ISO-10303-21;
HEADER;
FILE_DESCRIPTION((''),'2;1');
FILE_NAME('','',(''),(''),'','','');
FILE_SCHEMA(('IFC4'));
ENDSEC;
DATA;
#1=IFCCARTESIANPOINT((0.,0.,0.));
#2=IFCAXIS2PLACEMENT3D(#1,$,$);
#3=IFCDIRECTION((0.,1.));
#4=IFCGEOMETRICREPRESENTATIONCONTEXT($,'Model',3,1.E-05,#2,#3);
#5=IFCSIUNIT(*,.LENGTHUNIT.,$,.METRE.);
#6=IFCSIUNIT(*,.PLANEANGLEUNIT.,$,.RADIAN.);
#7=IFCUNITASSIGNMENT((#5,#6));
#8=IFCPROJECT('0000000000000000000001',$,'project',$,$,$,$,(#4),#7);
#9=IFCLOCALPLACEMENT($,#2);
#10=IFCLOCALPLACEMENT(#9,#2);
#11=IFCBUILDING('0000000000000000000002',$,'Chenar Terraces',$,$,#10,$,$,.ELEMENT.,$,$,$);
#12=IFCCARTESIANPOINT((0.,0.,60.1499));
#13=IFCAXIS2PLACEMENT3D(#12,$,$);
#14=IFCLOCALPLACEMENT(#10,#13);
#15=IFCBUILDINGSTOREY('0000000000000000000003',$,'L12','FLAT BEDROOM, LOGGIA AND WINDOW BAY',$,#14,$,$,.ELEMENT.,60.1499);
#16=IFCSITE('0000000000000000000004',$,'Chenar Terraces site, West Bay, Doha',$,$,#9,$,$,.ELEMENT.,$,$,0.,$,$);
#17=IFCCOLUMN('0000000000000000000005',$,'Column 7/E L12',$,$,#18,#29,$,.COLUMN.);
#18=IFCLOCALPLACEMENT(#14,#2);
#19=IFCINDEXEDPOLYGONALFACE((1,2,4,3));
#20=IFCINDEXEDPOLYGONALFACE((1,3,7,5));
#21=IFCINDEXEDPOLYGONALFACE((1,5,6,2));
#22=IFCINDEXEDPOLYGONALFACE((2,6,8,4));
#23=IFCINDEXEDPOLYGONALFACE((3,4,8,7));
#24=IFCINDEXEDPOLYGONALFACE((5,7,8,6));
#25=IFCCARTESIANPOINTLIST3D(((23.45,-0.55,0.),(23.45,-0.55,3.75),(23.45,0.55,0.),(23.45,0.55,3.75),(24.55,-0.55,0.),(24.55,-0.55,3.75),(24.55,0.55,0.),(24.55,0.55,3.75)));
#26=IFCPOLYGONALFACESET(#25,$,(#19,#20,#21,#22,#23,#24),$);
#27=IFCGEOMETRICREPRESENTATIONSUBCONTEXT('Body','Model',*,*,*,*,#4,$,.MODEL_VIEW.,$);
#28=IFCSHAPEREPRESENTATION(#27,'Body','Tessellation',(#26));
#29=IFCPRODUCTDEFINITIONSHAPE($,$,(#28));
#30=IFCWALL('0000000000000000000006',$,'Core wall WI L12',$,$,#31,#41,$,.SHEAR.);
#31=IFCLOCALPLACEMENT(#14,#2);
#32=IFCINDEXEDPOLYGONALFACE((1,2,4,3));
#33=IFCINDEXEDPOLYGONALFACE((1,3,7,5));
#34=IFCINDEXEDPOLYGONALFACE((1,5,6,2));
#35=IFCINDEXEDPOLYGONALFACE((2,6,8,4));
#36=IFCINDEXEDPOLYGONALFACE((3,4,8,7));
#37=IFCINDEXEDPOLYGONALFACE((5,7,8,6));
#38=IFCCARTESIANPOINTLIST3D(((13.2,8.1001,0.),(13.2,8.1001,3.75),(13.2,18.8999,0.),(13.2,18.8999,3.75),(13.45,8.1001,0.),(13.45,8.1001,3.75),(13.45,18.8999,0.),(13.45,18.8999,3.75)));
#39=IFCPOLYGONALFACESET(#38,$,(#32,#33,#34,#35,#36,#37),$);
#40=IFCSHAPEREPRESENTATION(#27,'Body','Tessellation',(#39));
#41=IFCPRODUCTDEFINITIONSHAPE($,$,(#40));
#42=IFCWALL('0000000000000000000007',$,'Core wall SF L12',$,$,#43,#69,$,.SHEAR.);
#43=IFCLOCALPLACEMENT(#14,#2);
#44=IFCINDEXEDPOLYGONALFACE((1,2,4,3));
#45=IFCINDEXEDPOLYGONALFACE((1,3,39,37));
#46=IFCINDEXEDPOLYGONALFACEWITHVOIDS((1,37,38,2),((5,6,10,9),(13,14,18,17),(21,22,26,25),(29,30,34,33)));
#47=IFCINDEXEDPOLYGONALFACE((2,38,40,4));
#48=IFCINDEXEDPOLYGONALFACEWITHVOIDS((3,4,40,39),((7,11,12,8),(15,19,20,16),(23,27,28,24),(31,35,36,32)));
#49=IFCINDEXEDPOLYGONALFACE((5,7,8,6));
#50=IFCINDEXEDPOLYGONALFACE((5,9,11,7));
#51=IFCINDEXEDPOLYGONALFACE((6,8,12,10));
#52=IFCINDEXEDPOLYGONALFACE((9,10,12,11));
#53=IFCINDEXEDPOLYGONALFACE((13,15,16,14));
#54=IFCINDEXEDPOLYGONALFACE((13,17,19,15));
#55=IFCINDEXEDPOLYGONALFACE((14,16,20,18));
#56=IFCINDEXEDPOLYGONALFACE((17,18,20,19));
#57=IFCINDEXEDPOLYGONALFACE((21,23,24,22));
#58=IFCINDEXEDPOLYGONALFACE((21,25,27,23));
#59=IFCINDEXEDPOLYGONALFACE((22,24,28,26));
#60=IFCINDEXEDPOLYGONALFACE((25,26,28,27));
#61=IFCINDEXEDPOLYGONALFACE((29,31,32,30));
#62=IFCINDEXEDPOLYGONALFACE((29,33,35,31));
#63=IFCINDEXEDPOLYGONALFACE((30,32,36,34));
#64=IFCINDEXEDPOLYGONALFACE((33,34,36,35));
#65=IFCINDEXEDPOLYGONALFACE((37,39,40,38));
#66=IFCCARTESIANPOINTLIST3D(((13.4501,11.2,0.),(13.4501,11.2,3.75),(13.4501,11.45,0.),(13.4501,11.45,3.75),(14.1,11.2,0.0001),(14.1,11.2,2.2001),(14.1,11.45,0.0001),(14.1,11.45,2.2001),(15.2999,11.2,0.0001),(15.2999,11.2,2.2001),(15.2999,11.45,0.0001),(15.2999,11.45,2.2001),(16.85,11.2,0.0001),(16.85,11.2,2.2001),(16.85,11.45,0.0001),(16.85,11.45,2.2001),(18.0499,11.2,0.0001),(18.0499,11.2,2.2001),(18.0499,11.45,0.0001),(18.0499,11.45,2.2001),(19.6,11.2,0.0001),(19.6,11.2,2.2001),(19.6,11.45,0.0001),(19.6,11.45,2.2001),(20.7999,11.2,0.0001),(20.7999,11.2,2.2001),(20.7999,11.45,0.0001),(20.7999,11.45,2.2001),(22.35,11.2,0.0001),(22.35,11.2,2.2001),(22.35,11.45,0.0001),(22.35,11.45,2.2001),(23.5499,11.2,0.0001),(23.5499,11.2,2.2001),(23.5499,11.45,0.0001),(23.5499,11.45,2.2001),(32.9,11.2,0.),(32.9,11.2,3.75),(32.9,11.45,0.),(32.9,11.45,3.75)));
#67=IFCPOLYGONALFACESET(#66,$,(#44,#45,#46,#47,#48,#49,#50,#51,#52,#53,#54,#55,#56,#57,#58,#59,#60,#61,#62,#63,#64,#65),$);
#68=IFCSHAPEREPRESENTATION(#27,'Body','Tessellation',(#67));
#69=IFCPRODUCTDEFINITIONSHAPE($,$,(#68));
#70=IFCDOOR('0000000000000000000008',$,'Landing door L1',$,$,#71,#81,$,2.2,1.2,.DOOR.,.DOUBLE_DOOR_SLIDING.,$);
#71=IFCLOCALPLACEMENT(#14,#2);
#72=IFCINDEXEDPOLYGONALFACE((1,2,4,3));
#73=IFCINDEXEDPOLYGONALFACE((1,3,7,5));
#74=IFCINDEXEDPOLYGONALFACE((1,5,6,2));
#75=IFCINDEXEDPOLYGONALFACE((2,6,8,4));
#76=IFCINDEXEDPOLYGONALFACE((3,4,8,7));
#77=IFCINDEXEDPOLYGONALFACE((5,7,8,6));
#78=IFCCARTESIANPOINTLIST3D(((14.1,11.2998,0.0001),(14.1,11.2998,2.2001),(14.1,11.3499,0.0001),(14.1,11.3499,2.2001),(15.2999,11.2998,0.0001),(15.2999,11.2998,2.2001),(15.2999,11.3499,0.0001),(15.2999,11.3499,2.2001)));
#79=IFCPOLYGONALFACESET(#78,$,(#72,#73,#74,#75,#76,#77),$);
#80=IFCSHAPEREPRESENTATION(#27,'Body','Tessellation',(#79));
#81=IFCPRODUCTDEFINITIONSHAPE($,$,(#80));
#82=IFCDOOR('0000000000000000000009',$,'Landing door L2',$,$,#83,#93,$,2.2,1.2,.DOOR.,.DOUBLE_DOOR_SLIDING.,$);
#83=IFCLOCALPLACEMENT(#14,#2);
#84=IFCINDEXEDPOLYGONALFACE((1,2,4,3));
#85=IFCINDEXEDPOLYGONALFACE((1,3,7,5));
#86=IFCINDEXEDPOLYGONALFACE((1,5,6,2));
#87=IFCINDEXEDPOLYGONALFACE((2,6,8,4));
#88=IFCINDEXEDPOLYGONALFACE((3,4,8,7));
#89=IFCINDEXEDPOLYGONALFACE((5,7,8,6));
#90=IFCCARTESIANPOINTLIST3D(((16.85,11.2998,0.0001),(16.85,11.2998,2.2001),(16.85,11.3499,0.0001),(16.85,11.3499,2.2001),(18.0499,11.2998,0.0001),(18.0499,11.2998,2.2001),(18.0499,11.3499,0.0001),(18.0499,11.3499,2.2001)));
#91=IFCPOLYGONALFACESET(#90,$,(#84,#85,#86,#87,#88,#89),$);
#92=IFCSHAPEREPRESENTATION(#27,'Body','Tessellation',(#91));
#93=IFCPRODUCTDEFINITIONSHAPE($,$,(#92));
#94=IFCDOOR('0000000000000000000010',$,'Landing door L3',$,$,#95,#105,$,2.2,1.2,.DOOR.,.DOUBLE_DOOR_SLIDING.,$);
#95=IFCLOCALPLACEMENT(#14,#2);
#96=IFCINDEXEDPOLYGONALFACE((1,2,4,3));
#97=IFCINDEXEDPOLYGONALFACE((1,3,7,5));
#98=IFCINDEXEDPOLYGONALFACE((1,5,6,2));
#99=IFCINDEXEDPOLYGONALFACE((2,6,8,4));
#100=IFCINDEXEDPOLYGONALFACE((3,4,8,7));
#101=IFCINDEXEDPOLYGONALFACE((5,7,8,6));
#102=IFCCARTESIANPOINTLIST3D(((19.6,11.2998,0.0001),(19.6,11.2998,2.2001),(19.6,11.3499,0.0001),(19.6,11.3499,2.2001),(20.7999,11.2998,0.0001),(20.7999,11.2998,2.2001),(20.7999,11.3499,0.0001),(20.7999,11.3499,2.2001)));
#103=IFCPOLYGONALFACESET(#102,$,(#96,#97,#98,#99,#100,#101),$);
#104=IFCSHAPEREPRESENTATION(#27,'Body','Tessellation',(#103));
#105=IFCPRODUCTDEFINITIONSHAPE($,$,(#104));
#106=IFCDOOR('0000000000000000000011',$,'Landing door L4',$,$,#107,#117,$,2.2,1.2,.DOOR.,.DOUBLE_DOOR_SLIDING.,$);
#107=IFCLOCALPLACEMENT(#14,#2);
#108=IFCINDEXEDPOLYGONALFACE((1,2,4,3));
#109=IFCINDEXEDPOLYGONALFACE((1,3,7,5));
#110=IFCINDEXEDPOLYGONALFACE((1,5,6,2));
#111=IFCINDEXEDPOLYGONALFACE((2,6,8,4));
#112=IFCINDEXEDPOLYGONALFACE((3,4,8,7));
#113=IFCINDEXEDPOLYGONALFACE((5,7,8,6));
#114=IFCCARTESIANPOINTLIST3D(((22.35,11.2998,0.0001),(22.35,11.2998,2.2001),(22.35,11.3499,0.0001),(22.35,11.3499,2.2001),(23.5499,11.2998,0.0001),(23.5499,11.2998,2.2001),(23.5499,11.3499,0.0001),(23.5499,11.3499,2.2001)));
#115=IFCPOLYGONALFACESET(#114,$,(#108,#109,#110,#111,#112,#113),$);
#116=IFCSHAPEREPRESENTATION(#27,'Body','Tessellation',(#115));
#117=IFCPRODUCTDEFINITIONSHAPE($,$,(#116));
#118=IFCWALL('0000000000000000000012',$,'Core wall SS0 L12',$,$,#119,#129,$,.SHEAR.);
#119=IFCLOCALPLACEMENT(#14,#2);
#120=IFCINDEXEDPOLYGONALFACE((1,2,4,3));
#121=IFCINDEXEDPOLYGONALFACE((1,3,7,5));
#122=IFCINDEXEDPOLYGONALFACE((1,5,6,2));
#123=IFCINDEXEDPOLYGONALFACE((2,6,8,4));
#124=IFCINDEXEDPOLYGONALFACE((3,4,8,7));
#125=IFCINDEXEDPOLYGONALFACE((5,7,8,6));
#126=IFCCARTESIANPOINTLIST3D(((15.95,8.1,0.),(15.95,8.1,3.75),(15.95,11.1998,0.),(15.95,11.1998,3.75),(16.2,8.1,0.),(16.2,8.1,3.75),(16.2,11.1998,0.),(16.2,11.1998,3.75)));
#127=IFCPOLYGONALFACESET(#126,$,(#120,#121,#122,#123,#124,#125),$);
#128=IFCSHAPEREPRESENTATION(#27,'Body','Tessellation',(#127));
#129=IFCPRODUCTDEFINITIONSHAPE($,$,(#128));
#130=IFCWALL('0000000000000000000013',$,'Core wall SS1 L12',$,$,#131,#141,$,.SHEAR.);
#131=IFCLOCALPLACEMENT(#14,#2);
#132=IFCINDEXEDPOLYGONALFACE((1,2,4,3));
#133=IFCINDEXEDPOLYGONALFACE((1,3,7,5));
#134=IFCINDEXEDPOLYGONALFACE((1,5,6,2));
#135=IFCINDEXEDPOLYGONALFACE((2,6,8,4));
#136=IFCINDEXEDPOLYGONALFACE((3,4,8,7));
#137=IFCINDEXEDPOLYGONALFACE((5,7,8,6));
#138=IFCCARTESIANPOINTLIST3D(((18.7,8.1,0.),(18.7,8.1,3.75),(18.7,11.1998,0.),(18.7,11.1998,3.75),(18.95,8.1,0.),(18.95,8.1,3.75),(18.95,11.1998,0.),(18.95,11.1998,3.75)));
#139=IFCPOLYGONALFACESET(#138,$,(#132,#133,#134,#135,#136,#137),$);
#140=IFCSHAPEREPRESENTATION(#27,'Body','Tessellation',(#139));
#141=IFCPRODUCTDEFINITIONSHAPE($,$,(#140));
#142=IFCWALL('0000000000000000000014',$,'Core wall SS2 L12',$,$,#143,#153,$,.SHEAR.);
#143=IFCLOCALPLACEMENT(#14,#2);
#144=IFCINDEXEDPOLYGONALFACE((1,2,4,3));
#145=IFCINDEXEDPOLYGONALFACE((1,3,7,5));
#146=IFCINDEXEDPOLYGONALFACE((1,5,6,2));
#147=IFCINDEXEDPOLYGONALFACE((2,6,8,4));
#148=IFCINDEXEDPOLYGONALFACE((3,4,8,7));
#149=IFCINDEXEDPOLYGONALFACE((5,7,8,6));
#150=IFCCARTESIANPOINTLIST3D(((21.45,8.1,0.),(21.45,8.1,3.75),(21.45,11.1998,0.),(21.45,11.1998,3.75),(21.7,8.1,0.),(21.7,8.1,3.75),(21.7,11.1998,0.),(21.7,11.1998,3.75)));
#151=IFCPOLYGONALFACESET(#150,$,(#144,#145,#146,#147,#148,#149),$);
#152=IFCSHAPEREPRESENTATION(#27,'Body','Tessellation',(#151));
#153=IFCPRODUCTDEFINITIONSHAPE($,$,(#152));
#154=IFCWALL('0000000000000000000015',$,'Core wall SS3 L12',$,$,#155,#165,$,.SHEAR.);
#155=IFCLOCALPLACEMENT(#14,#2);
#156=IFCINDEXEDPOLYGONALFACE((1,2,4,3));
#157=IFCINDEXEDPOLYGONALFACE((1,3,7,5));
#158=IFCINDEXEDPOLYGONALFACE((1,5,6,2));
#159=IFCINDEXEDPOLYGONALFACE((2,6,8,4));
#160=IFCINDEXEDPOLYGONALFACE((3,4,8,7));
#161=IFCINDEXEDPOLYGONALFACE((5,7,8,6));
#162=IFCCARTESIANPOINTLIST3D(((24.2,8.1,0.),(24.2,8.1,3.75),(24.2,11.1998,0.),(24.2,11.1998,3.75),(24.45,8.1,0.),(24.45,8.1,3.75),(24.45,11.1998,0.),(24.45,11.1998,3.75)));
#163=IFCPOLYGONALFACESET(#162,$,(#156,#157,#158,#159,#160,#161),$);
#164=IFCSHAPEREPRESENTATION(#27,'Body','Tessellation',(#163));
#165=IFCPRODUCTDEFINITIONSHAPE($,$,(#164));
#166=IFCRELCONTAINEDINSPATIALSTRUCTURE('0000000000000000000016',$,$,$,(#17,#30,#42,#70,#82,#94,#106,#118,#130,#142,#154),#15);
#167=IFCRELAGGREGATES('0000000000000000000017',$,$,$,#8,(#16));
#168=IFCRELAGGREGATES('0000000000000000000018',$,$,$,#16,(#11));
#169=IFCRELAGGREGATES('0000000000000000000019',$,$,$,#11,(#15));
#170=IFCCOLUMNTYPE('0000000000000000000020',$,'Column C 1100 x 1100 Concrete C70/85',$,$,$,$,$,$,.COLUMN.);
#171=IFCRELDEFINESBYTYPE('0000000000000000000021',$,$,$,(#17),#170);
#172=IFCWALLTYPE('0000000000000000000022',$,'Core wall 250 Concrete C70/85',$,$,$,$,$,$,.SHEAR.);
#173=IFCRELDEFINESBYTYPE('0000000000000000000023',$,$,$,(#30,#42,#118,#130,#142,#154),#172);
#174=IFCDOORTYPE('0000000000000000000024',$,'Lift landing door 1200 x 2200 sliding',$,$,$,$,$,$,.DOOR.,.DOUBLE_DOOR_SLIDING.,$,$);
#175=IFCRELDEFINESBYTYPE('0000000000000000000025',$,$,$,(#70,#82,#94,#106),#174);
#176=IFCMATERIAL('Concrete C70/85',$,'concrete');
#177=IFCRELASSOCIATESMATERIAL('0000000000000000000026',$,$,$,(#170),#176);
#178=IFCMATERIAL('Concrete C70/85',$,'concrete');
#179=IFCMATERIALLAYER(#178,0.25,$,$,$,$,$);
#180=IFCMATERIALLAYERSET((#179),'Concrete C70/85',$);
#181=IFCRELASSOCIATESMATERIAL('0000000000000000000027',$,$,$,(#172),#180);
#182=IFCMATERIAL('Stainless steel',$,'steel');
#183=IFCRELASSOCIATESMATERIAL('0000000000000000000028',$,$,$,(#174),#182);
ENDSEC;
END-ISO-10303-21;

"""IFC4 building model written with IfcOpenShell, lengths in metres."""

from ifc_helpers import new_model, si_unit, direction, frame, frame_2d, origin, origin_2d, place, context, subcontext, project, spatial, rectangle, extrude, material, layer, layer_set, material_profile, profile_set, type_object, element, fill, save


model = new_model("IFC4")

# Units and contexts
model_context = context("Model", 3, precision=1e-05, world=origin(), true_north=direction((0.0, 1.0)))
body_context = subcontext(model_context, "Body", "Model", "MODEL_VIEW")
ifc_project = project(units=[si_unit("LENGTHUNIT", "METRE"), si_unit("PLANEANGLEUNIT", "RADIAN")], contexts=[model_context])

# Site, building, storey
site_placement = place(None, origin())
site = spatial("IfcSite", under=ifc_project, at=site_placement, Name="Chenar Terraces site, West Bay, Doha", CompositionType="ELEMENT", RefElevation=0.0)
building_placement = place(site_placement, origin())
building = spatial("IfcBuilding", under=site, at=building_placement, Name="Chenar Terraces", CompositionType="ELEMENT")
storey_placement = place(building_placement, frame((0.0, 0.0, 60.1499)))
storey = spatial("IfcBuildingStorey", under=building, at=storey_placement, Name="L12", Description="FLAT BEDROOM, LOGGIA AND WINDOW BAY", CompositionType="ELEMENT", Elevation=60.1499)

# Column
ifc_material_1 = material(Name="Concrete C70/85", Category="concrete")
ifc_material_profile = material_profile(ifc_material_1, rectangle(XDim=1.1001, YDim=1.1001, at=origin_2d()), Name="C 1100 x 1100")
ifc_profile_set = profile_set([ifc_material_profile], Name="Concrete C70/85")
column_type = type_object("IfcColumnType", Name="Column C 1100 x 1100 Concrete C70/85", PredefinedType="COLUMN", material=ifc_profile_set)
column_placement = place(storey_placement, frame((24.0, 0.0, 0.0), z_axis=(0.0, 0.0, 1.0), x_axis=(1.0, 0.0, 0.0)))
element("IfcColumn", 1, at=column_placement, inside=storey, type_object=column_type, Name="Column 7/E L12", PredefinedType="COLUMN", context=body_context, shape_type="SweptSolid", body=[
    extrude(rectangle(XDim=1.1001, YDim=1.1001, at=origin_2d()), origin(), (0.0, 0.0, 1.0), 3.75),
])

# Wall
ifc_material_2 = material(Name="Concrete C70/85", Category="concrete")
ifc_layer_1 = layer(ifc_material_2, 0.25)
ifc_layer_set_1 = layer_set([ifc_layer_1], Name="Concrete C70/85")
wall_type_1 = type_object("IfcWallType", Name="Core wall 250 Concrete C70/85", PredefinedType="SHEAR", material=ifc_layer_set_1)
wall_1_placement = place(storey_placement, frame((13.325, 8.1001, 0.0), z_axis=(0.0, 0.0, 1.0), x_axis=(0.0, 1.0, 0.0)))
element("IfcWall", 2, at=wall_1_placement, inside=storey, type_object=wall_type_1, Name="Core wall WI L12", PredefinedType="SHEAR", context=body_context, shape_type="SweptSolid", body=[
    extrude(rectangle(XDim=10.7998, YDim=0.25, at=frame_2d((5.3999, 0.0))), origin(), (0.0, 0.0, 1.0), 3.75),
])

# Wall, openings, doors
wall_2_placement = place(storey_placement, frame((13.45, 11.325, 0.0), z_axis=(0.0, 0.0, 1.0), x_axis=(1.0, 0.0, 0.0)))
wall_2 = element("IfcWall", 3, at=wall_2_placement, inside=storey, type_object=wall_type_1, Name="Core wall SF L12", PredefinedType="SHEAR", context=body_context, shape_type="SweptSolid", body=[
    extrude(rectangle(XDim=19.45, YDim=0.25, at=frame_2d((9.7251, 0.0))), origin(), (0.0, 0.0, 1.0), 3.75),
])
opening_1_placement = place(wall_2_placement, frame((0.6499, 0.0, 0.0)))
opening_1 = element("IfcOpeningElement", 4, at=opening_1_placement, cuts=wall_2, PredefinedType="OPENING", context=body_context, shape_type="SweptSolid", body=[
    extrude(rectangle(XDim=1.2, YDim=2.2, at=frame_2d((0.6001, 1.1001))), frame((0.0, 0.135, 0.0), z_axis=(0.0, -1.0, 0.0), x_axis=(1.0, 0.0, 0.0)), (0.0, 0.0, 1.0), 0.27),
])
opening_2_placement = place(wall_2_placement, frame((3.3999, 0.0, 0.0)))
opening_2 = element("IfcOpeningElement", 5, at=opening_2_placement, cuts=wall_2, PredefinedType="OPENING", context=body_context, shape_type="SweptSolid", body=[
    extrude(rectangle(XDim=1.2, YDim=2.2, at=frame_2d((0.6001, 1.1001))), frame((0.0, 0.135, 0.0), z_axis=(0.0, -1.0, 0.0), x_axis=(1.0, 0.0, 0.0)), (0.0, 0.0, 1.0), 0.27),
])
opening_3_placement = place(wall_2_placement, frame((6.1499, 0.0, 0.0)))
opening_3 = element("IfcOpeningElement", 6, at=opening_3_placement, cuts=wall_2, PredefinedType="OPENING", context=body_context, shape_type="SweptSolid", body=[
    extrude(rectangle(XDim=1.2, YDim=2.2, at=frame_2d((0.6001, 1.1001))), frame((0.0, 0.135, 0.0), z_axis=(0.0, -1.0, 0.0), x_axis=(1.0, 0.0, 0.0)), (0.0, 0.0, 1.0), 0.27),
])
opening_4_placement = place(wall_2_placement, frame((8.8999, 0.0, 0.0)))
opening_4 = element("IfcOpeningElement", 7, at=opening_4_placement, cuts=wall_2, PredefinedType="OPENING", context=body_context, shape_type="SweptSolid", body=[
    extrude(rectangle(XDim=1.2, YDim=2.2, at=frame_2d((0.6001, 1.1001))), frame((0.0, 0.135, 0.0), z_axis=(0.0, -1.0, 0.0), x_axis=(1.0, 0.0, 0.0)), (0.0, 0.0, 1.0), 0.27),
])
ifc_material_3 = material(Name="Stainless steel", Category="steel")
door_type_1 = type_object("IfcDoorType", Name="Lift landing door 1200 x 2200 sliding", OperationType="DOUBLE_DOOR_SLIDING", PredefinedType="DOOR", material=ifc_material_3)
door_1_placement = place(opening_1_placement, origin())
door_1 = element("IfcDoor", 8, at=door_1_placement, inside=storey, type_object=door_type_1, Name="Landing door L1", OperationType="DOUBLE_DOOR_SLIDING", OverallHeight=2.2, OverallWidth=1.2, PredefinedType="DOOR", context=body_context, shape_type="SweptSolid", body=[
    extrude(rectangle(XDim=1.2, YDim=2.2, at=frame_2d((0.6001, 1.1001))), frame((0.0, 0.0249, 0.0), z_axis=(0.0, -1.0, 0.0), x_axis=(1.0, 0.0, 0.0)), (0.0, 0.0, 1.0), 0.05),
])
fill(opening_1, door_1)
door_2_placement = place(opening_2_placement, origin())
door_2 = element("IfcDoor", 9, at=door_2_placement, inside=storey, type_object=door_type_1, Name="Landing door L2", OperationType="DOUBLE_DOOR_SLIDING", OverallHeight=2.2, OverallWidth=1.2, PredefinedType="DOOR", context=body_context, shape_type="SweptSolid", body=[
    extrude(rectangle(XDim=1.2, YDim=2.2, at=frame_2d((0.6001, 1.1001))), frame((0.0, 0.0249, 0.0), z_axis=(0.0, -1.0, 0.0), x_axis=(1.0, 0.0, 0.0)), (0.0, 0.0, 1.0), 0.05),
])
fill(opening_2, door_2)
door_3_placement = place(opening_3_placement, origin())
door_3 = element("IfcDoor", 10, at=door_3_placement, inside=storey, type_object=door_type_1, Name="Landing door L3", OperationType="DOUBLE_DOOR_SLIDING", OverallHeight=2.2, OverallWidth=1.2, PredefinedType="DOOR", context=body_context, shape_type="SweptSolid", body=[
    extrude(rectangle(XDim=1.2, YDim=2.2, at=frame_2d((0.6001, 1.1001))), frame((0.0, 0.0249, 0.0), z_axis=(0.0, -1.0, 0.0), x_axis=(1.0, 0.0, 0.0)), (0.0, 0.0, 1.0), 0.05),
])
fill(opening_3, door_3)
door_4_placement = place(opening_4_placement, origin())
door_4 = element("IfcDoor", 11, at=door_4_placement, inside=storey, type_object=door_type_1, Name="Landing door L4", OperationType="DOUBLE_DOOR_SLIDING", OverallHeight=2.2, OverallWidth=1.2, PredefinedType="DOOR", context=body_context, shape_type="SweptSolid", body=[
    extrude(rectangle(XDim=1.2, YDim=2.2, at=frame_2d((0.6001, 1.1001))), frame((0.0, 0.0249, 0.0), z_axis=(0.0, -1.0, 0.0), x_axis=(1.0, 0.0, 0.0)), (0.0, 0.0, 1.0), 0.05),
])
fill(opening_4, door_4)

# Walls
for number, where, z_axis, x_axis, name in (
    (12, (16.075, 8.1001, 0.0), (0.0, 0.0, 1.0), (0.0, 1.0, 0.0), "Core wall SS0 L12"),
    (13, (18.825, 8.1001, 0.0), (0.0, 0.0, 1.0), (0.0, 1.0, 0.0), "Core wall SS1 L12"),
    (14, (21.575, 8.1001, 0.0), (0.0, 0.0, 1.0), (0.0, 1.0, 0.0), "Core wall SS2 L12"),
    (15, (24.325, 8.1001, 0.0), (0.0, 0.0, 1.0), (0.0, 1.0, 0.0), "Core wall SS3 L12"),
):
    element("IfcWall", number, at=place(storey_placement, frame(where, z_axis=z_axis, x_axis=x_axis)), inside=storey, type_object=wall_type_1, Name=name, PredefinedType="SHEAR", context=body_context, shape_type="SweptSolid", body=[
        extrude(rectangle(XDim=3.0999, YDim=0.25, at=frame_2d((1.5498, 0.0))), origin(), (0.0, 0.0, 1.0), 3.75),
    ])

save(model, "model.ifc")
